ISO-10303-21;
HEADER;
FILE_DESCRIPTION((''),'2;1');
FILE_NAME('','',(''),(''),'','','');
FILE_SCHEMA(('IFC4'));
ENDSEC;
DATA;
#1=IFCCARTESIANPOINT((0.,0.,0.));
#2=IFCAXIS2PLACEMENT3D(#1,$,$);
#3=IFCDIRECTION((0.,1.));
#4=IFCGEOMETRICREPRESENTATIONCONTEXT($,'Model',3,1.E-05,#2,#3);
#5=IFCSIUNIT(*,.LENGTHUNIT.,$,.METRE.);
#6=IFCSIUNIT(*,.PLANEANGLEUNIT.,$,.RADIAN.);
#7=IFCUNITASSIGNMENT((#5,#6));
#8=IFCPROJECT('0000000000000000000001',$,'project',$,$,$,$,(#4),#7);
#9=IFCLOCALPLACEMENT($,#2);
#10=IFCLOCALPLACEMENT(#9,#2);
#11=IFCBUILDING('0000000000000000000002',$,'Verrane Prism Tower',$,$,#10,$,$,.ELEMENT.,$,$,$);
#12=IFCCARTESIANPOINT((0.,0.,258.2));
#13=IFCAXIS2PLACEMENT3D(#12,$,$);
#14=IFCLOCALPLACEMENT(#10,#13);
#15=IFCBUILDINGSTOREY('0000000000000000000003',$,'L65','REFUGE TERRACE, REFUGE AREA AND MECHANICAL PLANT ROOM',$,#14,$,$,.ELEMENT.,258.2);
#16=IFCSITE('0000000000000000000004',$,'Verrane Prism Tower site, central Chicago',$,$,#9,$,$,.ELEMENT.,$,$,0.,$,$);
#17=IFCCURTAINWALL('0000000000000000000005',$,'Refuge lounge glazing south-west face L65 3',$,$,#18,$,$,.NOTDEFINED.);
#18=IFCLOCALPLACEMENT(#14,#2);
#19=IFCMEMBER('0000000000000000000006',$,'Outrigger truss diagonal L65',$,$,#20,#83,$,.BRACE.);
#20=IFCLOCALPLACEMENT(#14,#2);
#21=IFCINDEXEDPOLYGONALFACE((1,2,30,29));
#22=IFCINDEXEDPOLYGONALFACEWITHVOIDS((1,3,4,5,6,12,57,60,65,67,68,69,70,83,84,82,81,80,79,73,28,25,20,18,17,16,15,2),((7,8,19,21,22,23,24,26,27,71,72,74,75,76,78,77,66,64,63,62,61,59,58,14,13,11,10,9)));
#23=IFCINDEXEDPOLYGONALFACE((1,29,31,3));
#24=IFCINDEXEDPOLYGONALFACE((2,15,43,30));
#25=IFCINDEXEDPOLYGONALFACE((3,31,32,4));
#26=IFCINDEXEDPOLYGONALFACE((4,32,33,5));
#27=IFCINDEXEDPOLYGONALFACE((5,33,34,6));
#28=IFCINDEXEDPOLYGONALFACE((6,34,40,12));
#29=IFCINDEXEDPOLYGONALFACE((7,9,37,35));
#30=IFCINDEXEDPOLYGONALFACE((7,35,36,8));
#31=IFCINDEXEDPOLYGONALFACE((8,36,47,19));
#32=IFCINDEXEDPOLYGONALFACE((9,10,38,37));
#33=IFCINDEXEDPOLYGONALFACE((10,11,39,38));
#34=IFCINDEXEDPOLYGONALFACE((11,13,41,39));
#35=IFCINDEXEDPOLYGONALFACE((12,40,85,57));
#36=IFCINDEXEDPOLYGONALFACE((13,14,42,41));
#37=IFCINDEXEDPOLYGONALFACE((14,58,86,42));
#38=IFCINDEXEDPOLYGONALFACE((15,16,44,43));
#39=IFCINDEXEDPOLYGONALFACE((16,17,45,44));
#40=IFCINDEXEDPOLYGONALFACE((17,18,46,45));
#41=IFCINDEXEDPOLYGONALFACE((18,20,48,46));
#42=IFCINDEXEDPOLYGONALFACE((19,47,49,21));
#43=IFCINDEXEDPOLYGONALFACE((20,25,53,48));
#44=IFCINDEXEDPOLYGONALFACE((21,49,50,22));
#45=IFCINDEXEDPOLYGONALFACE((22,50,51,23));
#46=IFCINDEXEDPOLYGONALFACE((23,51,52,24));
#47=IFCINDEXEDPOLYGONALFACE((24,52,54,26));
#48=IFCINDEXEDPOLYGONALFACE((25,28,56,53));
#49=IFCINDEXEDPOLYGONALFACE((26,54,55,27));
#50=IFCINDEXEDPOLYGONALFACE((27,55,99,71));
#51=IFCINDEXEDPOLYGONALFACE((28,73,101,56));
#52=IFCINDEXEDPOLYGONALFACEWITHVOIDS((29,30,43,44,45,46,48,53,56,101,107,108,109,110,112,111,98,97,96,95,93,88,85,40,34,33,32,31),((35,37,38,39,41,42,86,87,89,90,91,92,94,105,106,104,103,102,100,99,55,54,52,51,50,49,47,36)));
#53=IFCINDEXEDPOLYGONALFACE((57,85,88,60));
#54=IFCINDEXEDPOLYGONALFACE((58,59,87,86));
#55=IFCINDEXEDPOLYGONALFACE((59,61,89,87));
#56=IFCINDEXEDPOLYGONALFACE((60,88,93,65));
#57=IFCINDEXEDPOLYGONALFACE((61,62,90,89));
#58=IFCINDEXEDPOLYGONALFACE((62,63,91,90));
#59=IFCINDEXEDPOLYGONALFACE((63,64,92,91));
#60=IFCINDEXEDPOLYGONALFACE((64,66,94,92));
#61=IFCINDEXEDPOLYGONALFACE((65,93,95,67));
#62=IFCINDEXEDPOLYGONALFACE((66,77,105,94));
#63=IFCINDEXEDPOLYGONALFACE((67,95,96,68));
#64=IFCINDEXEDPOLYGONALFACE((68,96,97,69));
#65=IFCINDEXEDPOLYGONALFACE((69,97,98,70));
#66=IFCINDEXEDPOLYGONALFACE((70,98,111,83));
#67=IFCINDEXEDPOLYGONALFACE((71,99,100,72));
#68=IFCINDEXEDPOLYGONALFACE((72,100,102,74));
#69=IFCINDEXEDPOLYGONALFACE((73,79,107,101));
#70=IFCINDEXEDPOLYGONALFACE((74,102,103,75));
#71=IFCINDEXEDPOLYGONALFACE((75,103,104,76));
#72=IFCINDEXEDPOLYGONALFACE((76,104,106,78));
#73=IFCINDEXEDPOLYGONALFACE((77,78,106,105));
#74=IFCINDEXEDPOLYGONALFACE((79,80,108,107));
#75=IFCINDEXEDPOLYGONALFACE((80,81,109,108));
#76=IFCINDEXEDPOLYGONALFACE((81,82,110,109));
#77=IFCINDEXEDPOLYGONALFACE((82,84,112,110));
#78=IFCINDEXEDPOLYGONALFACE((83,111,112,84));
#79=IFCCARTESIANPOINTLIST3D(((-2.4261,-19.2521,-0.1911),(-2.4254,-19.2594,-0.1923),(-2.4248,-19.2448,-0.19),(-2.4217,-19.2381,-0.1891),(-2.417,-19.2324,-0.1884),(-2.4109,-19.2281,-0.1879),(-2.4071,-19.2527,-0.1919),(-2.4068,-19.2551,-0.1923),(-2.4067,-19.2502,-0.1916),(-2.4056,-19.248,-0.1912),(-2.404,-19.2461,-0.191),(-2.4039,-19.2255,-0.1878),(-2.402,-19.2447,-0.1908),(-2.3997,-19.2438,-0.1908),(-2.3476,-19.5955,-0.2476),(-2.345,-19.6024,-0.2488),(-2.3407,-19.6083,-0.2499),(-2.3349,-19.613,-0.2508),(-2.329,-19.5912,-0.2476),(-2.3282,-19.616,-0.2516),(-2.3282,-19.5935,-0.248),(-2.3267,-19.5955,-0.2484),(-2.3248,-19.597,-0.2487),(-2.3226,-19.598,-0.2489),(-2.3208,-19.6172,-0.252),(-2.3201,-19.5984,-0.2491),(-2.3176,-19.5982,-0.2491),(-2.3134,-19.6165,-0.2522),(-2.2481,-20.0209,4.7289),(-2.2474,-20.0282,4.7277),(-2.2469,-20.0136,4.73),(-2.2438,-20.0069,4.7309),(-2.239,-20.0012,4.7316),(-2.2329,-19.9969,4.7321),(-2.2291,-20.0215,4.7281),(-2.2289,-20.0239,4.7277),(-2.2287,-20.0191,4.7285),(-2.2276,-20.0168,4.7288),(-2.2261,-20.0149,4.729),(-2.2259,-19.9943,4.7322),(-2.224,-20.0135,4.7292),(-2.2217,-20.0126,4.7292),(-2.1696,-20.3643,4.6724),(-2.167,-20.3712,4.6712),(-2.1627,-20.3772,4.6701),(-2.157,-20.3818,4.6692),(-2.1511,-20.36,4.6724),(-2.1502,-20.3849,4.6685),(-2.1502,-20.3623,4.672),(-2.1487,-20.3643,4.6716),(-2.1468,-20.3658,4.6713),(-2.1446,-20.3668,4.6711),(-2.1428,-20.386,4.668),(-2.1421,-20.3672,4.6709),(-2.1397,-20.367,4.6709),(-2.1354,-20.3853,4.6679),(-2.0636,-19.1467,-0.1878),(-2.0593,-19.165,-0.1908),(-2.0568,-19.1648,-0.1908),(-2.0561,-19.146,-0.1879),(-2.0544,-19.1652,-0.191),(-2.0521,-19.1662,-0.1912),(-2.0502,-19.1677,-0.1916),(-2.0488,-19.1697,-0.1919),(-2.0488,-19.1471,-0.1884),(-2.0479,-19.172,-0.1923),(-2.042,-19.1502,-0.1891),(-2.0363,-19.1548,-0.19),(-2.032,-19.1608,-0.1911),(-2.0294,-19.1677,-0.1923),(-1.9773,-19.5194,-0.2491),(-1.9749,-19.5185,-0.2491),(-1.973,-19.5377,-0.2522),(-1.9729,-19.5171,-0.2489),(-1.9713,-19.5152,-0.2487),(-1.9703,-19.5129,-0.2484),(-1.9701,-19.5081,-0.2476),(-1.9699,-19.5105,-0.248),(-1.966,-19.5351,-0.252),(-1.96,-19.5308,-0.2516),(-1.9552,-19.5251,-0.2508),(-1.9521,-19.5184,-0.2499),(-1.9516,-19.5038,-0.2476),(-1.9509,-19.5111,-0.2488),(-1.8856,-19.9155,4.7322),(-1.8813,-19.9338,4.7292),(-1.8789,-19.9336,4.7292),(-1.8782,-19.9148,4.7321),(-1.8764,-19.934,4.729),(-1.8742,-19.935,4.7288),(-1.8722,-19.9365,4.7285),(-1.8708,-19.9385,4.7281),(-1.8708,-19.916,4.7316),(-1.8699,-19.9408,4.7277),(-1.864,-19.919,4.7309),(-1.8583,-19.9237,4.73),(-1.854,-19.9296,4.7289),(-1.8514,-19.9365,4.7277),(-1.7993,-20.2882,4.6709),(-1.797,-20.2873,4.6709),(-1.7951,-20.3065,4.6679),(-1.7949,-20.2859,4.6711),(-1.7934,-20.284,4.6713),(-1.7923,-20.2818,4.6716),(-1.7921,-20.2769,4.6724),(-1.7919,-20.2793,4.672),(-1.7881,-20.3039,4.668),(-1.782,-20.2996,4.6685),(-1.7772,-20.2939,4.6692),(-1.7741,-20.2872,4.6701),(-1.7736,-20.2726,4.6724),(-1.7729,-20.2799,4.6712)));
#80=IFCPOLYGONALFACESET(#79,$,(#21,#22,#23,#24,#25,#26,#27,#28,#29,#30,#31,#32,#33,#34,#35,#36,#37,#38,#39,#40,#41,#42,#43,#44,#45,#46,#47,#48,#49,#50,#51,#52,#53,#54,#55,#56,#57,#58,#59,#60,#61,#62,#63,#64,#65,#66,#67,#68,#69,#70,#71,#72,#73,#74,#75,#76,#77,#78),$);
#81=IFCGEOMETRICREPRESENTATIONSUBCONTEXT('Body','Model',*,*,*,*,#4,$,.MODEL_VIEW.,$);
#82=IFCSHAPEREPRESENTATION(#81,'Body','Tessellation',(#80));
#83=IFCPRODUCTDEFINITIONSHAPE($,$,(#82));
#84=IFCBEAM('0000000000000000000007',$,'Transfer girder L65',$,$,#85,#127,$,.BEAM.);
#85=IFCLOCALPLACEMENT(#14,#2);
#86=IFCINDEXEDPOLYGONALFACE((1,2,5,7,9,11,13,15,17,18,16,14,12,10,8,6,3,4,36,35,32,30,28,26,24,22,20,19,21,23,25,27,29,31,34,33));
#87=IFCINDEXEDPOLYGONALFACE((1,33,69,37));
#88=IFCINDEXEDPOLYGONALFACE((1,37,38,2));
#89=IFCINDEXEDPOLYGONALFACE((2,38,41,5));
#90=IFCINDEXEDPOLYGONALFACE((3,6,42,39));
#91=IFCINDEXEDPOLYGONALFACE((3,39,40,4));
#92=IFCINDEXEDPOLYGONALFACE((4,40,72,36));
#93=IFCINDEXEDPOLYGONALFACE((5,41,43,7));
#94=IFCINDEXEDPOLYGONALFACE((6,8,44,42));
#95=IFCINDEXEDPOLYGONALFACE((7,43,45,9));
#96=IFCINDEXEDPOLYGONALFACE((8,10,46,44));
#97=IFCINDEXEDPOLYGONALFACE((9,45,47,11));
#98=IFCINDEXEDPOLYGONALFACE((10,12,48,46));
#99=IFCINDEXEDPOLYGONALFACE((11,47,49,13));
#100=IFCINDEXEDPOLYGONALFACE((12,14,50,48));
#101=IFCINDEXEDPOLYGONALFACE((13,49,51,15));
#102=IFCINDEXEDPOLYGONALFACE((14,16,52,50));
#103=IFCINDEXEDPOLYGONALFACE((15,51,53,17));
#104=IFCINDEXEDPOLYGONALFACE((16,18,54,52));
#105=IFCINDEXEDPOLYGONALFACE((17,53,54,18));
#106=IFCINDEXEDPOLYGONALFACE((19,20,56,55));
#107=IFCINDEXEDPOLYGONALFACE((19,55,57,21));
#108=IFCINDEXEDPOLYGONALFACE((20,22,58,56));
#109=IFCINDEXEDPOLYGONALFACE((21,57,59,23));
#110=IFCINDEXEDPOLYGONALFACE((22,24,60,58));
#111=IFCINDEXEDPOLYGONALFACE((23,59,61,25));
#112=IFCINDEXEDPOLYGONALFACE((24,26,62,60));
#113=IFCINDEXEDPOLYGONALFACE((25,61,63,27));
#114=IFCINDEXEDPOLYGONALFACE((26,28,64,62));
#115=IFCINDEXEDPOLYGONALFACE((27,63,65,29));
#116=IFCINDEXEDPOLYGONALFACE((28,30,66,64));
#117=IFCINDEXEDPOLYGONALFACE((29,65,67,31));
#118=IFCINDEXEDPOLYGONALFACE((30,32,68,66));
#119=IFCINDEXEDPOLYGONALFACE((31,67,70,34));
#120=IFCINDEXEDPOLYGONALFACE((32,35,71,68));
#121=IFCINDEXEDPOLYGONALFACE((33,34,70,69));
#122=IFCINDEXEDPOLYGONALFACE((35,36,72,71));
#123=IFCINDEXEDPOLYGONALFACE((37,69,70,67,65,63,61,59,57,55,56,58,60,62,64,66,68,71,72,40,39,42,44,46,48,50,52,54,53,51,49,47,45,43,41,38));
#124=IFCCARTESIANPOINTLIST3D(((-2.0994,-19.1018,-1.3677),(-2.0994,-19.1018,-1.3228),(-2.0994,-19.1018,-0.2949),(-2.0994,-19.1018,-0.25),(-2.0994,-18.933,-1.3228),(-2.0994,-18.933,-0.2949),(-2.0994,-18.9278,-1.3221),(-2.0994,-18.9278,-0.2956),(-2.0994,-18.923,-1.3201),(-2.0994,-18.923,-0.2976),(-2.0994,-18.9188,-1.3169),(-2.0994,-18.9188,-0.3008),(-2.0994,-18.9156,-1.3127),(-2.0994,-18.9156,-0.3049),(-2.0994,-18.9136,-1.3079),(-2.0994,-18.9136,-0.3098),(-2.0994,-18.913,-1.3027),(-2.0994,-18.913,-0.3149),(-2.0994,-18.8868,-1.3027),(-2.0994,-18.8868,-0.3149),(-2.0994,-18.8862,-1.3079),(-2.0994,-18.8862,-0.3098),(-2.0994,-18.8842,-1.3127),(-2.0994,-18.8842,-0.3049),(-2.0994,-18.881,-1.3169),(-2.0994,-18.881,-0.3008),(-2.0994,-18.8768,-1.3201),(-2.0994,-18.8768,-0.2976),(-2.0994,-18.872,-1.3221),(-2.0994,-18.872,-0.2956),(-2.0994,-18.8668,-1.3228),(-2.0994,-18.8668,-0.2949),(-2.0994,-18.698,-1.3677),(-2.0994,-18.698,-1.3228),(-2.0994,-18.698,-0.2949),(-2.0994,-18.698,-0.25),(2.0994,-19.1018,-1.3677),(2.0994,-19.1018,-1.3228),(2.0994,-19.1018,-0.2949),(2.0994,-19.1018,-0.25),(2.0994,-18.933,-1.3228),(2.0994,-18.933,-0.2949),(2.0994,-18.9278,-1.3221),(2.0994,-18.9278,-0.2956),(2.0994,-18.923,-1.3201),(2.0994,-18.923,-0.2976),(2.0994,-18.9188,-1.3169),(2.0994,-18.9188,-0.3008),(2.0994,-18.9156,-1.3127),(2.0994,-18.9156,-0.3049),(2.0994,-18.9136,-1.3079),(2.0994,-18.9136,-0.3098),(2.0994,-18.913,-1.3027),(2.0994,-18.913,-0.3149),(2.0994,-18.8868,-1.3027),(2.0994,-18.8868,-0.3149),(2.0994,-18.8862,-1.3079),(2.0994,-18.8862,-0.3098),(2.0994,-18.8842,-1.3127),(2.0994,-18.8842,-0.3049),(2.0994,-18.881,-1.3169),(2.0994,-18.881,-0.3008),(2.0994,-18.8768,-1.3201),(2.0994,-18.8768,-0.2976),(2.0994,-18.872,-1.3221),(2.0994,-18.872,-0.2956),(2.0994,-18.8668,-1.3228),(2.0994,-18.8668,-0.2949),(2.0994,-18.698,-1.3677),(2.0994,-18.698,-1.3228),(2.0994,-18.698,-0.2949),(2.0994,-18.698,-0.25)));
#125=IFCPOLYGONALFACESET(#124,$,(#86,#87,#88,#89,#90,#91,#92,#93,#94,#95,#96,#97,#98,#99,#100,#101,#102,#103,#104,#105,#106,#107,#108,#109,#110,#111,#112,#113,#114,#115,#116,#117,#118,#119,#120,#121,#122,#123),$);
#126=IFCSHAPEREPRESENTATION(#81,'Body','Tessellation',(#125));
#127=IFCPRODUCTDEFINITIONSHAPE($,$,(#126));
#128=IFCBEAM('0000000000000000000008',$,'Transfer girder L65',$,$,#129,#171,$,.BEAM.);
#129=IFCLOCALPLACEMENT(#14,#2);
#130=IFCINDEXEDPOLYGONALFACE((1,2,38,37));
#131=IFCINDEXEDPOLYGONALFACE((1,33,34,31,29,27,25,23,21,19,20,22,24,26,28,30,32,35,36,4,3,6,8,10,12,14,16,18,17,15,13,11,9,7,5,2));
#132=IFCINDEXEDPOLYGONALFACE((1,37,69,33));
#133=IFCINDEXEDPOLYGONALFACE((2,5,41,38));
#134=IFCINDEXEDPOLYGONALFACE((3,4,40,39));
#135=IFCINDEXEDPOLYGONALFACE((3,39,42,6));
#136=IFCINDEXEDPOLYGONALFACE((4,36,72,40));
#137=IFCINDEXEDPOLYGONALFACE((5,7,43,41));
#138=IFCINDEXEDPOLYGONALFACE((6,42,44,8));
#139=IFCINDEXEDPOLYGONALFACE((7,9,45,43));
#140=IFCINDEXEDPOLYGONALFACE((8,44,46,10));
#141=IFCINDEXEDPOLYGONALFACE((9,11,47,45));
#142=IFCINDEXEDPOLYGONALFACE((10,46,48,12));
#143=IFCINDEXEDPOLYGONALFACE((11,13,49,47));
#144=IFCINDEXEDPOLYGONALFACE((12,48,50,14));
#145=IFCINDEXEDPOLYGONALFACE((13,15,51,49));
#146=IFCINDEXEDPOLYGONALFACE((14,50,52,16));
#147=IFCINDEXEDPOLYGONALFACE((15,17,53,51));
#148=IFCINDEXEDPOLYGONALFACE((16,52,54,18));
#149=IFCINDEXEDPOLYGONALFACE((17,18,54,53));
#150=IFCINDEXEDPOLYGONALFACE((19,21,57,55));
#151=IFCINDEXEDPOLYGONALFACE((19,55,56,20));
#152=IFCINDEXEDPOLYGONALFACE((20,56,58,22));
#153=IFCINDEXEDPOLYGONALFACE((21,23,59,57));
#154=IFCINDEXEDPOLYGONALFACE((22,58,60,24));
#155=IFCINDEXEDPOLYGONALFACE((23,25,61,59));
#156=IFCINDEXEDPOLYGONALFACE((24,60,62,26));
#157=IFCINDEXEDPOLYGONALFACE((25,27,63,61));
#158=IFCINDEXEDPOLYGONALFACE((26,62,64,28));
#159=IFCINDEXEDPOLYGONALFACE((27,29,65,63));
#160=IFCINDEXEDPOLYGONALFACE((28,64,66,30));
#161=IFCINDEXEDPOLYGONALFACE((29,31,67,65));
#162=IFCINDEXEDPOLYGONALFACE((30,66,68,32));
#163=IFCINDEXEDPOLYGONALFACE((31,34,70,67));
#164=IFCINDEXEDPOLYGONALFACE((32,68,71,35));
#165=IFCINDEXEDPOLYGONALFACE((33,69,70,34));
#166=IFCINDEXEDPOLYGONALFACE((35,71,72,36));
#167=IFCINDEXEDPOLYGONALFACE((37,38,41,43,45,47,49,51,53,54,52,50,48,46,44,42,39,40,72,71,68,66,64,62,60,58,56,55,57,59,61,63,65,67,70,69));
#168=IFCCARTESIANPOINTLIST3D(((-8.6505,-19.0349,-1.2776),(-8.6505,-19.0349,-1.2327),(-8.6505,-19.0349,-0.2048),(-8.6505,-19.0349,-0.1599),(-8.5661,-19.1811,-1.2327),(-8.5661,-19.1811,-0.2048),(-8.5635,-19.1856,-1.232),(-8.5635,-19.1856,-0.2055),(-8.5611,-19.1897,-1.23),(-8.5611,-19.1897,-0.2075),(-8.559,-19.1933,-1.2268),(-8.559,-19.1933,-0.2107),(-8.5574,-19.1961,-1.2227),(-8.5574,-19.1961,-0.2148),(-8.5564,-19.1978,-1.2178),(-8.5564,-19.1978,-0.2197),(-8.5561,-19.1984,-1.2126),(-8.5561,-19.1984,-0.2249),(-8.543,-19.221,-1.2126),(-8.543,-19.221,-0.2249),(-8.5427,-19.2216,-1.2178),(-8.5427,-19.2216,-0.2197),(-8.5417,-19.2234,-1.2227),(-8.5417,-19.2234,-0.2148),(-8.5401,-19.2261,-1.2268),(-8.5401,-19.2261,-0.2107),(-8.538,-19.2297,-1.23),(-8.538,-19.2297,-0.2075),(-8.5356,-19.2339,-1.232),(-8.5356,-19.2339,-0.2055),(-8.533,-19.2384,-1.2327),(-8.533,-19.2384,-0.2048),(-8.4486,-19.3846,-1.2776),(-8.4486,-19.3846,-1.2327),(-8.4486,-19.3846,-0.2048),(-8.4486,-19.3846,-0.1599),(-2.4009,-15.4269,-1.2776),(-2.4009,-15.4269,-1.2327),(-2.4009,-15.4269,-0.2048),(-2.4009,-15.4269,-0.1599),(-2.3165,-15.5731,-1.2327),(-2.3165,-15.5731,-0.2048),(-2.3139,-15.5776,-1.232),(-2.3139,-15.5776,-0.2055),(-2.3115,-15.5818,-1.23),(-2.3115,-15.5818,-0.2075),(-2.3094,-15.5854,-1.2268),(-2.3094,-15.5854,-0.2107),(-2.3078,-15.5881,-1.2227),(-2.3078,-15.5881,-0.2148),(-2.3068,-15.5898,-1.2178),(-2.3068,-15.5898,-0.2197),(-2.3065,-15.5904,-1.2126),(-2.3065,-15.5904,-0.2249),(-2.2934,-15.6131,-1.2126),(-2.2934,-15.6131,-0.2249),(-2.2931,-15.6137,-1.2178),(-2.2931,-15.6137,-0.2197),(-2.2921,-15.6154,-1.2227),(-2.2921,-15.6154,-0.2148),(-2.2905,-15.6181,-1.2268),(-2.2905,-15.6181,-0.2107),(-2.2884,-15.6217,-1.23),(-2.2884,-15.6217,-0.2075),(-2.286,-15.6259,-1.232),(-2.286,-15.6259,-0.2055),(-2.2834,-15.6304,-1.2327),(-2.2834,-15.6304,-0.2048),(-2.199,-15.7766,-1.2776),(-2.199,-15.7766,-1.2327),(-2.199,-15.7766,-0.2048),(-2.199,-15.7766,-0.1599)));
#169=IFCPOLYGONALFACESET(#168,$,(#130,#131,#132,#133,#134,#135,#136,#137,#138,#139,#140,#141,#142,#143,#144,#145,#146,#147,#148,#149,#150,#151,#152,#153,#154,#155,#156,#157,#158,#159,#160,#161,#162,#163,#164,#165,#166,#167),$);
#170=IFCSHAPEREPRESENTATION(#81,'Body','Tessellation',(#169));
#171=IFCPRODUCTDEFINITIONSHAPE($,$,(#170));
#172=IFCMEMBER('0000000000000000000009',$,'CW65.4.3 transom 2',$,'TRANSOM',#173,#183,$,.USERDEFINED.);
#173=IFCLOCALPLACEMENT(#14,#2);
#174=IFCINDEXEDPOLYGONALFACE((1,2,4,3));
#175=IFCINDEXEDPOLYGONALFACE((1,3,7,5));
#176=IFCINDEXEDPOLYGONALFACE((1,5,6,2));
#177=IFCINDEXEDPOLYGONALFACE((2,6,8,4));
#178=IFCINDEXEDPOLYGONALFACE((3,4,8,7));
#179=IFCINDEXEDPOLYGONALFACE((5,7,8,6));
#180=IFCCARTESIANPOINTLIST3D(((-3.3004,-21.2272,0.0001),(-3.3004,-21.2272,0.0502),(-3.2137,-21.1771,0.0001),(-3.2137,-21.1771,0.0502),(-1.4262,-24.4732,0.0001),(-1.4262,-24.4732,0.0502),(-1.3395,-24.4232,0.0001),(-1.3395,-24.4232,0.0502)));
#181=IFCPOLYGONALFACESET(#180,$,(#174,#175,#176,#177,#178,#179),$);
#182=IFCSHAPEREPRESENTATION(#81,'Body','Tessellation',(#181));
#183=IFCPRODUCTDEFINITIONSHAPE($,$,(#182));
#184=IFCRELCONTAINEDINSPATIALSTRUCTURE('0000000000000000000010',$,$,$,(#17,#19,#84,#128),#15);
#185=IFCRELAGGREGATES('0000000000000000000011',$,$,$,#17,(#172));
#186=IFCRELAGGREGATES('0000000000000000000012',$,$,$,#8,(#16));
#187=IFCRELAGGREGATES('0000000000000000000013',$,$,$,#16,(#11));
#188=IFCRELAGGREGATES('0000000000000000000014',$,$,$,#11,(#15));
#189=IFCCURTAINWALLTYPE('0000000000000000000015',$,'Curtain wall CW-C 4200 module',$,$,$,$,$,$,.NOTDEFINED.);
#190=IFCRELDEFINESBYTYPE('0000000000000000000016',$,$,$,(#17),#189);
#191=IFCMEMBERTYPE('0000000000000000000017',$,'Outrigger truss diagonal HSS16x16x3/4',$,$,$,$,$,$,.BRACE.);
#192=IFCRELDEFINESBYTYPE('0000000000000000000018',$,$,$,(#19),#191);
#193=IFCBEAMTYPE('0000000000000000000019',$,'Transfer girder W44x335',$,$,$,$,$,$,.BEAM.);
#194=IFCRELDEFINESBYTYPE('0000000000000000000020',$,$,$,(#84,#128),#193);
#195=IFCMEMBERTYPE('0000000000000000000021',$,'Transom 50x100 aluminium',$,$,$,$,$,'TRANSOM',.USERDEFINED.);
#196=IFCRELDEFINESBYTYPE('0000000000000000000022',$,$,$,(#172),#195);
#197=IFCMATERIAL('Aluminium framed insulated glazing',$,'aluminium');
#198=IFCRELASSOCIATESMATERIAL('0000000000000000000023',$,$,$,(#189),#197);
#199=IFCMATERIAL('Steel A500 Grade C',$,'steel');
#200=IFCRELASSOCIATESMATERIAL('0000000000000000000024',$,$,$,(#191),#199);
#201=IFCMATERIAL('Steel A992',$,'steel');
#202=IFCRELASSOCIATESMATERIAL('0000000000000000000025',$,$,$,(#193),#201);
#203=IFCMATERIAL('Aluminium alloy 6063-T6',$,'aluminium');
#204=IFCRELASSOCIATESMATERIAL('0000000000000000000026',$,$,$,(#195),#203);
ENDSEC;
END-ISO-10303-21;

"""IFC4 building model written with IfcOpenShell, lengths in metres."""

from ifc_helpers import new_model, si_unit, direction, frame, origin, origin_2d, place, context, subcontext, project, spatial, rectangle, hollow_rectangle, i_section, extrude, material, material_profile, profile_set, type_object, element, aggregate, save


model = new_model("IFC4")

# Units and contexts
model_context = context("Model", 3, precision=1e-05, world=origin(), true_north=direction((0.0, 1.0)))
body_context = subcontext(model_context, "Body", "Model", "MODEL_VIEW")
ifc_project = project(units=[si_unit("LENGTHUNIT", "METRE"), si_unit("PLANEANGLEUNIT", "RADIAN")], contexts=[model_context])

# Site, building, storey
site_placement = place(None, origin())
site = spatial("IfcSite", under=ifc_project, at=site_placement, Name="Verrane Prism Tower site, central Chicago", CompositionType="ELEMENT", RefElevation=0.0)
building_placement = place(site_placement, origin())
building = spatial("IfcBuilding", under=site, at=building_placement, Name="Verrane Prism Tower", CompositionType="ELEMENT")
storey_placement = place(building_placement, frame((0.0, 0.0, 258.2)))
storey = spatial("IfcBuildingStorey", under=building, at=storey_placement, Name="L65", Description="REFUGE TERRACE, REFUGE AREA AND MECHANICAL PLANT ROOM", CompositionType="ELEMENT", Elevation=258.2)

# Curtain wall
ifc_material_1 = material(Name="Aluminium framed insulated glazing", Category="aluminium")
curtain_wall_type = type_object("IfcCurtainWallType", Name="Curtain wall CW-C 4200 module", PredefinedType="NOTDEFINED", material=ifc_material_1)
curtain_wall_placement = place(storey_placement, origin())
curtain_wall = element("IfcCurtainWall", 1, at=curtain_wall_placement, inside=storey, type_object=curtain_wall_type, Name="Refuge lounge glazing south-west face L65 3", PredefinedType="NOTDEFINED")

# Member
ifc_material_2 = material(Name="Steel A500 Grade C", Category="steel")
ifc_material_profile_1 = material_profile(ifc_material_2, hollow_rectangle(XDim=0.4065, YDim=0.4065, WallThickness=0.019, InnerFilletRadius=0.0095, OuterFilletRadius=0.0286, at=origin_2d()), Name="HSS16x16x3/4")
ifc_profile_set_1 = profile_set([ifc_material_profile_1], Name="Steel A500 Grade C")
member_type_1 = type_object("IfcMemberType", Name="Outrigger truss diagonal HSS16x16x3/4", PredefinedType="BRACE", material=ifc_profile_set_1)
member_1_placement = place(storey_placement, frame((-2.1885, -19.3816, -0.22), z_axis=(0.035719, -0.15429, 0.98738), x_axis=(0.974235, 0.225537, 0.0)))
element("IfcMember", 2, at=member_1_placement, inside=storey, type_object=member_type_1, Name="Outrigger truss diagonal L65", PredefinedType="BRACE", context=body_context, shape_type="SweptSolid", body=[
    extrude(hollow_rectangle(XDim=0.4065, YDim=0.4065, WallThickness=0.019, InnerFilletRadius=0.0095, OuterFilletRadius=0.0286, at=origin_2d()), origin(), (0.0, 0.0, 1.0), 4.9829),
])

# Beams
ifc_material_3 = material(Name="Steel A992", Category="steel")
ifc_material_profile_2 = material_profile(ifc_material_3, i_section(OverallWidth=0.4038, OverallDepth=1.1177, WebThickness=0.0261, FlangeThickness=0.0449, FilletRadius=0.02, at=origin_2d()), Name="W44x335")
ifc_profile_set_2 = profile_set([ifc_material_profile_2], Name="Steel A992")
beam_type_1 = type_object("IfcBeamType", Name="Transfer girder W44x335", PredefinedType="BEAM", material=ifc_profile_set_2)
beam_1_placement = place(storey_placement, frame((-2.0994, -18.8999, -0.8088), z_axis=(1.0, 0.0, 0.0), x_axis=(0.0, 1.0, 0.0)))
element("IfcBeam", 3, at=beam_1_placement, inside=storey, type_object=beam_type_1, Name="Transfer girder L65", PredefinedType="BEAM", context=body_context, shape_type="SweptSolid", body=[
    extrude(i_section(OverallWidth=0.4038, OverallDepth=1.1177, WebThickness=0.0261, FlangeThickness=0.0449, FilletRadius=0.02, at=origin_2d()), origin(), (0.0, 0.0, 1.0), 4.1987),
])
beam_2_placement = place(storey_placement, frame((-8.5496, -19.2097, -0.7188), z_axis=(0.86604, 0.499974, 0.0), x_axis=(-0.499974, 0.86604, 0.0)))
element("IfcBeam", 4, at=beam_2_placement, inside=storey, type_object=beam_type_1, Name="Transfer girder L65", PredefinedType="BEAM", context=body_context, shape_type="SweptSolid", body=[
    extrude(i_section(OverallWidth=0.4038, OverallDepth=1.1177, WebThickness=0.0261, FlangeThickness=0.0449, FilletRadius=0.02, at=origin_2d()), origin(), (0.0, 0.0, 1.0), 7.2163),
])

# Member
ifc_material_4 = material(Name="Aluminium alloy 6063-T6", Category="aluminium")
ifc_material_profile_3 = material_profile(ifc_material_4, rectangle(XDim=0.1001, YDim=0.05, at=origin_2d()), Name="Transom 50x100 aluminium")
ifc_profile_set_3 = profile_set([ifc_material_profile_3], Name="Aluminium alloy 6063-T6")
member_type_2 = type_object("IfcMemberType", Name="Transom 50x100 aluminium", ElementType="TRANSOM", PredefinedType="USERDEFINED", material=ifc_profile_set_3)
member_2_placement = place(storey_placement, frame((-3.2571, -21.2021, 0.0251), z_axis=(0.500027, -0.86601, 0.0), x_axis=(0.86601, 0.500027, 0.0)))
member_2 = element("IfcMember", 5, at=member_2_placement, type_object=member_type_2, Name="CW65.4.3 transom 2", ObjectType="TRANSOM", PredefinedType="USERDEFINED", context=body_context, shape_type="SweptSolid", body=[
    extrude(rectangle(XDim=0.1001, YDim=0.05, at=origin_2d()), origin(), (0.0, 0.0, 1.0), 3.7483),
])

aggregate(curtain_wall, [member_2])

save(model, "model.ifc")
